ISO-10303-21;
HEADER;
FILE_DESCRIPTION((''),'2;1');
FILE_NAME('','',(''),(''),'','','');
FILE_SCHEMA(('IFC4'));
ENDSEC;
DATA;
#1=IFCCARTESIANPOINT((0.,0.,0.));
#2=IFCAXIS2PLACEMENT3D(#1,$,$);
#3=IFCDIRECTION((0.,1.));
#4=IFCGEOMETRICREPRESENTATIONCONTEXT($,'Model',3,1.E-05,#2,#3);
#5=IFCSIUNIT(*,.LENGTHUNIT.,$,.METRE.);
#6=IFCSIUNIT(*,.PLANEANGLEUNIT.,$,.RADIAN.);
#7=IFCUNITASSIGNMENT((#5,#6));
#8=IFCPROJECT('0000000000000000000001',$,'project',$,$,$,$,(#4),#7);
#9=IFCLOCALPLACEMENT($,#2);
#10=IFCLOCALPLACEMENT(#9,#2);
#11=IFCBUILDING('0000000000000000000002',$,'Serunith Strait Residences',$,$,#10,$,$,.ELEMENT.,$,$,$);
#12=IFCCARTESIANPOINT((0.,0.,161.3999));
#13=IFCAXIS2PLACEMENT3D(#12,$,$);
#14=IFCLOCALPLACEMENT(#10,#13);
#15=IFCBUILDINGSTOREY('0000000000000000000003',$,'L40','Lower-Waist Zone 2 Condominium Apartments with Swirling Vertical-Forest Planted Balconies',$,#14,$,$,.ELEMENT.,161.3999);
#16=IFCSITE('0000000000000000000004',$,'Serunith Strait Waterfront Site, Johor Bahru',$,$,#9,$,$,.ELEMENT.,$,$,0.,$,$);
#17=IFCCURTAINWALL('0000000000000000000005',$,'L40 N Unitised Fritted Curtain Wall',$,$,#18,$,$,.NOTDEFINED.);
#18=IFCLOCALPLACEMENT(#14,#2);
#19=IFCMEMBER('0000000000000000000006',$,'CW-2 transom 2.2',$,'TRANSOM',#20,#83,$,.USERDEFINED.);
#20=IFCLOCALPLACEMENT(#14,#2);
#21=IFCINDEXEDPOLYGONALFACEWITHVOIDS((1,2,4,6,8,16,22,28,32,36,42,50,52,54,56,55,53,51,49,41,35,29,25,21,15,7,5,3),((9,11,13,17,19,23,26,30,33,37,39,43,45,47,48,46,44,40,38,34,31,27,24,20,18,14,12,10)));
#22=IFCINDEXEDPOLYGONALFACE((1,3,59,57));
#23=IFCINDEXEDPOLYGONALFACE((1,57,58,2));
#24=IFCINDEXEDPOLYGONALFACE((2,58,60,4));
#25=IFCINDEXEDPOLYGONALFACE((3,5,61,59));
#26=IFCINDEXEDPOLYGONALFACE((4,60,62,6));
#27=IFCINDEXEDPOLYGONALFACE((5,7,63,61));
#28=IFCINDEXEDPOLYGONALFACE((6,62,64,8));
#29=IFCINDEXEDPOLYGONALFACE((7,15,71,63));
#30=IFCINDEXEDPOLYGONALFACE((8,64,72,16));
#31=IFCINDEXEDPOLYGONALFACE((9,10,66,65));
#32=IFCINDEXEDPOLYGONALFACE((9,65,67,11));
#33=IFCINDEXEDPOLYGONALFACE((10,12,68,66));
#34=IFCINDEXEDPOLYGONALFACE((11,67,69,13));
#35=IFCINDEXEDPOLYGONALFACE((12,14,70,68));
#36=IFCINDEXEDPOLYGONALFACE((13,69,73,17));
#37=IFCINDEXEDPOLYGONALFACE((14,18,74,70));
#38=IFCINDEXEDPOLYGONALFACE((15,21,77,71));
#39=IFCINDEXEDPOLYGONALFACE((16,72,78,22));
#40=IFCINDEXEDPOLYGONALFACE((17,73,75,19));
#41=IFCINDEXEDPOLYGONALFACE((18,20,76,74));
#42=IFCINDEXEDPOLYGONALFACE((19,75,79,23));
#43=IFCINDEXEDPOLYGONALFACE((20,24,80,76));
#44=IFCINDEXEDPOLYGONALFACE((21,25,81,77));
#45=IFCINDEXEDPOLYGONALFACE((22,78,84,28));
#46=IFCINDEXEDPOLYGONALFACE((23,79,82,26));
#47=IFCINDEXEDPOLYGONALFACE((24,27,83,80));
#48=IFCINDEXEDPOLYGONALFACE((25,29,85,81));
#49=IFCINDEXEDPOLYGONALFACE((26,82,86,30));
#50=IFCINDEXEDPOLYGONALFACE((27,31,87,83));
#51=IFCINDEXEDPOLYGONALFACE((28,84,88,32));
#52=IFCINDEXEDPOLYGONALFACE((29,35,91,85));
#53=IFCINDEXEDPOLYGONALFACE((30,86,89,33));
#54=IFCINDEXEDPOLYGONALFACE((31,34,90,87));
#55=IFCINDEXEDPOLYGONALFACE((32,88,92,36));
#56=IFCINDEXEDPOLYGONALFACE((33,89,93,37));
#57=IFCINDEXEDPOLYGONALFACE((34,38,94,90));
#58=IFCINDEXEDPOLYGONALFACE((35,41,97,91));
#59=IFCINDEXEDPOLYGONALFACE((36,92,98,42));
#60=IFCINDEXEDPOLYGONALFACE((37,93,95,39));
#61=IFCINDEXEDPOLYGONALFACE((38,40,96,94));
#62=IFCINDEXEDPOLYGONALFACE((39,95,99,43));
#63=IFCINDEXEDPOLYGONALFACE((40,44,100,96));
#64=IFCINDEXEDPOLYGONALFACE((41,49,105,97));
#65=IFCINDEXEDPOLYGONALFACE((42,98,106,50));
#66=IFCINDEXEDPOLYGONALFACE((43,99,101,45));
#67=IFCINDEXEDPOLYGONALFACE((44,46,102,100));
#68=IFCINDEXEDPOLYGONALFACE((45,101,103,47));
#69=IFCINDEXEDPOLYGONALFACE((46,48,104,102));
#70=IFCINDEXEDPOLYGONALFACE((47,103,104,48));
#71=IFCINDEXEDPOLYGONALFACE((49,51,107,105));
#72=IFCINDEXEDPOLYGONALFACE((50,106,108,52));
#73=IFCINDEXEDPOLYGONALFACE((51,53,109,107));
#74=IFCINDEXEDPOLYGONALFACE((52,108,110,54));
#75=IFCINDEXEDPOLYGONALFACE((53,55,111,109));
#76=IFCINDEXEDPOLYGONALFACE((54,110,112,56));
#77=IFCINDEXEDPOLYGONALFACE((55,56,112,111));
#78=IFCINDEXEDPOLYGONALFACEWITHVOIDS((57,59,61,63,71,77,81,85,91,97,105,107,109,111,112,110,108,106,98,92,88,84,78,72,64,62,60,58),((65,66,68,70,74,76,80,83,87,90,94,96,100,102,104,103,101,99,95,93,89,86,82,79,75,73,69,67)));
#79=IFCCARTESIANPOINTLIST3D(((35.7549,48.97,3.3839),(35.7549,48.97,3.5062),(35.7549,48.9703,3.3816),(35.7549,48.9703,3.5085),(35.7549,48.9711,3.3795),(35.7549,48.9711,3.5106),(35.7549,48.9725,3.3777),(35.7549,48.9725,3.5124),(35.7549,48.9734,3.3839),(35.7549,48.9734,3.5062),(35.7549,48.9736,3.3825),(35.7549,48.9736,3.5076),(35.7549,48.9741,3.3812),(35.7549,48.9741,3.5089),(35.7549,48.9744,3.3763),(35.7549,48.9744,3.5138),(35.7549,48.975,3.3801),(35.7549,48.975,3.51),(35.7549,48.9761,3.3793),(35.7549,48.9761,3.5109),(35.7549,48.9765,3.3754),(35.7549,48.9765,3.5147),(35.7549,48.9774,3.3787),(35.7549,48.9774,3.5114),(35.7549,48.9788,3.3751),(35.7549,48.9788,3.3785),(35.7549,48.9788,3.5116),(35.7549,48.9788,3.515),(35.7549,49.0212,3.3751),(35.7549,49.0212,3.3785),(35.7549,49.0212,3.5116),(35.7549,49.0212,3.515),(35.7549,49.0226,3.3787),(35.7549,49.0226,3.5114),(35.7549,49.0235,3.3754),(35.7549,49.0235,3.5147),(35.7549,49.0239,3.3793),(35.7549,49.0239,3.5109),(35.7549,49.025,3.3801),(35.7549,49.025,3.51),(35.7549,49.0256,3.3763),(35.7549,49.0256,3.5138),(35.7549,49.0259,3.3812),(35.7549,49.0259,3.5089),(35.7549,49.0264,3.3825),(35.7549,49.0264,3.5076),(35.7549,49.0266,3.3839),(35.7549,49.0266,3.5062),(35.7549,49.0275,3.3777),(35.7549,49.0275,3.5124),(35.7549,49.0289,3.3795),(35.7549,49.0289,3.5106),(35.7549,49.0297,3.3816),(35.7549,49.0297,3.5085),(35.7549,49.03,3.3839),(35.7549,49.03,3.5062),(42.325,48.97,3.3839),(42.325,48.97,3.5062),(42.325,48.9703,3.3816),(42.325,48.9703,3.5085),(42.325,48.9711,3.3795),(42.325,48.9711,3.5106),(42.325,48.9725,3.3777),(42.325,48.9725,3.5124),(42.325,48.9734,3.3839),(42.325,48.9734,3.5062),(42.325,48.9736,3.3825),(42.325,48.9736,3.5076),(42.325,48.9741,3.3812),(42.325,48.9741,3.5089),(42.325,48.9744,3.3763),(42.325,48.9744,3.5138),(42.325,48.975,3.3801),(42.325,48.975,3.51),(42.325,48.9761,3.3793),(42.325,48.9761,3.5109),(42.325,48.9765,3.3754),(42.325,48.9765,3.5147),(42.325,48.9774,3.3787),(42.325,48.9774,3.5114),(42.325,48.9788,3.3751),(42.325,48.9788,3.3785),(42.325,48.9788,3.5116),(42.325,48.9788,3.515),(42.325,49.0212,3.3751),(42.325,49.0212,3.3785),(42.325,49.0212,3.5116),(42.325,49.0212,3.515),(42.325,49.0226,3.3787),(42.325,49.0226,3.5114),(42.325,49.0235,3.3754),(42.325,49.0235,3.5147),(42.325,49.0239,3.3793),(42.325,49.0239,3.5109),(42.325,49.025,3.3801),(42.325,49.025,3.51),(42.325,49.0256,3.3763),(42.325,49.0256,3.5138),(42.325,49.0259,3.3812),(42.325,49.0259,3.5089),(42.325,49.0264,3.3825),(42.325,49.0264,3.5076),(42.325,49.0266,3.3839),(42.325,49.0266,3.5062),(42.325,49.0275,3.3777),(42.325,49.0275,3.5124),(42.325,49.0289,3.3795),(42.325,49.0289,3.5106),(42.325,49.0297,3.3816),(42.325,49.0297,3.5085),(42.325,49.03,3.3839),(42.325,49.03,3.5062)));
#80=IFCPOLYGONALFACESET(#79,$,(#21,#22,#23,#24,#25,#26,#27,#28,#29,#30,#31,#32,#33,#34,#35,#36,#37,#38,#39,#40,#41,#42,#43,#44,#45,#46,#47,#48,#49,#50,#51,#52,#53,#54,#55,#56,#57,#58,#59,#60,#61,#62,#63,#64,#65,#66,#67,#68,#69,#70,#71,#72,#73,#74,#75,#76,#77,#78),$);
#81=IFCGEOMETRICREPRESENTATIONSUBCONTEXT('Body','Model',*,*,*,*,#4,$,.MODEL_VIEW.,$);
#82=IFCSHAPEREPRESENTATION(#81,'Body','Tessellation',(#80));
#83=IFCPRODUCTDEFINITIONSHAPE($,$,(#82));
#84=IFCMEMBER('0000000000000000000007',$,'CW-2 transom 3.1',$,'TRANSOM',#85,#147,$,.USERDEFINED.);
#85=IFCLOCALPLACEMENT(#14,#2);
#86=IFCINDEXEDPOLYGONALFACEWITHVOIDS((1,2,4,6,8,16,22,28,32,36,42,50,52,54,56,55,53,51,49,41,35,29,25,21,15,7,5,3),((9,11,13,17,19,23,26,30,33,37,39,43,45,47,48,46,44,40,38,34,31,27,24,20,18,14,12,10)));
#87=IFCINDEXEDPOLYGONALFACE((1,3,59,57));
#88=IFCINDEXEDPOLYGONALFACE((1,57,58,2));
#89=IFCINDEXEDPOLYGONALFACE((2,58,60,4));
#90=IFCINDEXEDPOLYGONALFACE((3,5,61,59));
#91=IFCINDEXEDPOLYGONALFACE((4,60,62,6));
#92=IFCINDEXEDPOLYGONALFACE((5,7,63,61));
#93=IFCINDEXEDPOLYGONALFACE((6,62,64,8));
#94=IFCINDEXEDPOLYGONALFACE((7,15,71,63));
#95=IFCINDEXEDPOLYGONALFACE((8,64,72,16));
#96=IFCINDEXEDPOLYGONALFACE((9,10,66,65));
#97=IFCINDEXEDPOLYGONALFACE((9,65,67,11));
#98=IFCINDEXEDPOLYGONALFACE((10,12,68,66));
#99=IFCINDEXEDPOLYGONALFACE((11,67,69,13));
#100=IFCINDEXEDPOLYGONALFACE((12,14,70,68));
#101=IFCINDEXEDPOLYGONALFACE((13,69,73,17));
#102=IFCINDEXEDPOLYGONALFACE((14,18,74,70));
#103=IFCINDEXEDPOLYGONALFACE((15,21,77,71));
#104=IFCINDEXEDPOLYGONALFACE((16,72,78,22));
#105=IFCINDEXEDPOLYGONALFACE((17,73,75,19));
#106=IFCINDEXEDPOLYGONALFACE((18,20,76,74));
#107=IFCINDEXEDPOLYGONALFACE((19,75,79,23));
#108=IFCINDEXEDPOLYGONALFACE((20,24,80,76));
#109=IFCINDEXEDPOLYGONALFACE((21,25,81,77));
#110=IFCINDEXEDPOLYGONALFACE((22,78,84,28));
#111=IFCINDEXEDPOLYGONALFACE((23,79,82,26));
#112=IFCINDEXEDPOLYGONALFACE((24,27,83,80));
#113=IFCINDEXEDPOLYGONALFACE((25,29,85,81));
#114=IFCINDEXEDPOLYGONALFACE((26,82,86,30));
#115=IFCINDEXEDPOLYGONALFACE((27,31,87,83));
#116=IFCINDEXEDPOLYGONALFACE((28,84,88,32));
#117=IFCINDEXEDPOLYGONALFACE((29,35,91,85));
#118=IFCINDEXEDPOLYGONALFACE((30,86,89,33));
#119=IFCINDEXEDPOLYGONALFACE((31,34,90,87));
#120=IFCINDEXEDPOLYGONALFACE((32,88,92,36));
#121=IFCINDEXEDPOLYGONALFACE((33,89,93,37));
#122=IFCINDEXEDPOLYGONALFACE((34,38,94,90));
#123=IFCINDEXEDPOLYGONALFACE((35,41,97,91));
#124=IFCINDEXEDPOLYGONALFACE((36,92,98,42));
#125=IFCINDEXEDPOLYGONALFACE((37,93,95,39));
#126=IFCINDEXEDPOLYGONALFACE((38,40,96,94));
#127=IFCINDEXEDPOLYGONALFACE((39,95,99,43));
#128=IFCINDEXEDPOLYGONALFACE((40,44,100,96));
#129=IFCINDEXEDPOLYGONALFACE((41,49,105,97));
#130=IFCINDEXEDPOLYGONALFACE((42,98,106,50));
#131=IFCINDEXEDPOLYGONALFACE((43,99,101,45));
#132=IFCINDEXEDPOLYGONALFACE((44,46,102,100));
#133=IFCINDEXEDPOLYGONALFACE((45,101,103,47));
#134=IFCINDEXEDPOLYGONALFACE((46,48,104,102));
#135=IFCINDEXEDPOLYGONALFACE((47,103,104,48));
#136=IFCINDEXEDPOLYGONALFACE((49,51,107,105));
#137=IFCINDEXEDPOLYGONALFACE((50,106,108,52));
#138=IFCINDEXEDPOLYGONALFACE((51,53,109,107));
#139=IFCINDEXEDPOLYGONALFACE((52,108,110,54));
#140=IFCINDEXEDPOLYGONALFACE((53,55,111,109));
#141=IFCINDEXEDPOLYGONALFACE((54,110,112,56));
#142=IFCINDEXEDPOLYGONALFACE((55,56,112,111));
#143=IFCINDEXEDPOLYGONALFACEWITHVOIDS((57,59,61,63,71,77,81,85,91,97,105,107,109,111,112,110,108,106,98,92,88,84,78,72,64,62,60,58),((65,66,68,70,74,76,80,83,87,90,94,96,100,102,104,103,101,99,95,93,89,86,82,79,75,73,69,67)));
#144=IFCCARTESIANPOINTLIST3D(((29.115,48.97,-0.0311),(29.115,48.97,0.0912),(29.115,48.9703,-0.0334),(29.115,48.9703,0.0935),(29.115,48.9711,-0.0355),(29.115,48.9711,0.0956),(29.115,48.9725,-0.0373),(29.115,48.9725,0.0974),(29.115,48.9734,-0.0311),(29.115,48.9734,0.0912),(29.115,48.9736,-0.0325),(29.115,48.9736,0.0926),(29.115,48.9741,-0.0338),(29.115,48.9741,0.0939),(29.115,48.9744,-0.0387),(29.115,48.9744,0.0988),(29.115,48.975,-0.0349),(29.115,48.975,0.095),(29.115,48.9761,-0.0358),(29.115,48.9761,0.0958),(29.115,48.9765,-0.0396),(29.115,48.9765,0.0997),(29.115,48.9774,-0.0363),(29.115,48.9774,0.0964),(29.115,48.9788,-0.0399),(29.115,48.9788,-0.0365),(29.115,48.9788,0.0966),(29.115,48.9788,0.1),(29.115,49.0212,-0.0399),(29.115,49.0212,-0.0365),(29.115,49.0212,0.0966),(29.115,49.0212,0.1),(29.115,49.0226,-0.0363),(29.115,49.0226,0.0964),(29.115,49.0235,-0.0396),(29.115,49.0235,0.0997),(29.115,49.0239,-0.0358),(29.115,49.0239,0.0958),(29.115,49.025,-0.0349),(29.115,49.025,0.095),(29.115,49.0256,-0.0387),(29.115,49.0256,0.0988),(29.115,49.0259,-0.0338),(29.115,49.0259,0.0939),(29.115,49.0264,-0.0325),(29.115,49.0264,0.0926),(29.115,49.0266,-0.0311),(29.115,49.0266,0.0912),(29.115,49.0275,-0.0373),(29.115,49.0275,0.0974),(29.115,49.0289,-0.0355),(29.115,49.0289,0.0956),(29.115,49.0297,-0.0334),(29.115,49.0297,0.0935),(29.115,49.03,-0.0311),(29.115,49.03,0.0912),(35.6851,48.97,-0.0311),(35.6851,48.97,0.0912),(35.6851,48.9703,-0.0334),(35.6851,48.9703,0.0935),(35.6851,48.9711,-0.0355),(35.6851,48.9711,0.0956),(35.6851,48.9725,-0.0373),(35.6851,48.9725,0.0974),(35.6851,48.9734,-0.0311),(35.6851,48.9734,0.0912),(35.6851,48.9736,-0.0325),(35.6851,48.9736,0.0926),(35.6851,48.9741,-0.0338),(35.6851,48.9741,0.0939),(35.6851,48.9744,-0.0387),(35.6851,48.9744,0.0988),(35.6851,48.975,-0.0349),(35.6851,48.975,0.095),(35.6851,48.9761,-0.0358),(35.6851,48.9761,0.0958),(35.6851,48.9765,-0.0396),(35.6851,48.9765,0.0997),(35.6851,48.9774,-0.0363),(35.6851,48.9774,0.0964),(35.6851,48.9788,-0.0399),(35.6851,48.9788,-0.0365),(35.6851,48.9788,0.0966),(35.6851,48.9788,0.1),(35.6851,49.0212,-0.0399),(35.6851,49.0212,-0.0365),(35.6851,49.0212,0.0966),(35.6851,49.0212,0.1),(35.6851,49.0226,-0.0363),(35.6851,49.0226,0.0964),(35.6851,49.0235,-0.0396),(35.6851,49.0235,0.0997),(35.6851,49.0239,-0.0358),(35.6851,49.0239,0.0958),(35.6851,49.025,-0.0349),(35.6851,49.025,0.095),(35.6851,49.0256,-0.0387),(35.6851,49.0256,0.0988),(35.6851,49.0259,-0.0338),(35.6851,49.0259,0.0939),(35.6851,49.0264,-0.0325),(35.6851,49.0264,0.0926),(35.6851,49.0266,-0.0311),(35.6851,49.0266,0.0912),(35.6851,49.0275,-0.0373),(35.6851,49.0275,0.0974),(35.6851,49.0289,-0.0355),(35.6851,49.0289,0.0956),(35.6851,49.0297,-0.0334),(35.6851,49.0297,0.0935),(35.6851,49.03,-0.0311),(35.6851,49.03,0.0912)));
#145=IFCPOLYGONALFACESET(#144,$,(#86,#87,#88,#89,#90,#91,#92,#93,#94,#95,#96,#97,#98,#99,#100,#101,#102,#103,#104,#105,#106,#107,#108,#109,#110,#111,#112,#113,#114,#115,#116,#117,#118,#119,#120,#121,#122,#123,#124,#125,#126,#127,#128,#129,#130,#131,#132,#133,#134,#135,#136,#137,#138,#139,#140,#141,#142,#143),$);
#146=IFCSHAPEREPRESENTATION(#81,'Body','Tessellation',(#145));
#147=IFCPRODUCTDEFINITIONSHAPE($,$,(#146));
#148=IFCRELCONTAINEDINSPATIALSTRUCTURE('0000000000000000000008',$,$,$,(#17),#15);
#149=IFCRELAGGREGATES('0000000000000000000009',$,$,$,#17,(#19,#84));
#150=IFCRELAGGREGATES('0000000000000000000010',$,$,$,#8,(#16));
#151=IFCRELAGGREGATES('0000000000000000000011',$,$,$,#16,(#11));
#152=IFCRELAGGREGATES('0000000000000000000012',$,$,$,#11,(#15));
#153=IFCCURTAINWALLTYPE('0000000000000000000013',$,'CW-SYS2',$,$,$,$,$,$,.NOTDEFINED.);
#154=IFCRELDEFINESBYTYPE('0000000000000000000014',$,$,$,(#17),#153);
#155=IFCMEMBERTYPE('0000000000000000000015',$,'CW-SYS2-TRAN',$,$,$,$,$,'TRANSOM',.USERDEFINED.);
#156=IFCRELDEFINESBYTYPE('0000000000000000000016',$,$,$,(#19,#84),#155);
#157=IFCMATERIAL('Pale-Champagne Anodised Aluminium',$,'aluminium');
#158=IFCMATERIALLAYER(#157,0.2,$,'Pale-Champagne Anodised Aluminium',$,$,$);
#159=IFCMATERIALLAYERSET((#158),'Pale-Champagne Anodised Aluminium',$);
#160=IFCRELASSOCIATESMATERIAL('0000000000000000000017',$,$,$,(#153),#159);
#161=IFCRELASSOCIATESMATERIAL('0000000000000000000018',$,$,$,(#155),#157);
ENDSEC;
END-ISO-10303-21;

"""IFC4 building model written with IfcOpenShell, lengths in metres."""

from ifc_helpers import new_model, si_unit, direction, frame, origin, origin_2d, place, context, subcontext, project, spatial, hollow_rectangle, extrude, source, transform, mapped, material, layer, layer_set, material_profile, profile_set, type_object, element, aggregate, save


model = new_model("IFC4")

# Units and contexts
model_context = context("Model", 3, precision=1e-05, world=origin(), true_north=direction((0.0, 1.0)))
body_context = subcontext(model_context, "Body", "Model", "MODEL_VIEW")
ifc_project = project(units=[si_unit("LENGTHUNIT", "METRE"), si_unit("PLANEANGLEUNIT", "RADIAN")], contexts=[model_context])

# Site, building, storey
site_placement = place(None, origin())
site = spatial("IfcSite", under=ifc_project, at=site_placement, Name="Serunith Strait Waterfront Site, Johor Bahru", CompositionType="ELEMENT", RefElevation=0.0)
building_placement = place(site_placement, origin())
building = spatial("IfcBuilding", under=site, at=building_placement, Name="Serunith Strait Residences", CompositionType="ELEMENT")
storey_placement = place(building_placement, frame((0.0, 0.0, 161.3999)))
storey = spatial("IfcBuildingStorey", under=building, at=storey_placement, Name="L40", Description="Lower-Waist Zone 2 Condominium Apartments with Swirling Vertical-Forest Planted Balconies", CompositionType="ELEMENT", Elevation=161.3999)

# Curtain wall, members
ifc_material_1 = material(Name="Pale-Champagne Anodised Aluminium", Category="aluminium")
ifc_layer_1 = layer(ifc_material_1, 0.2, Name="Pale-Champagne Anodised Aluminium")
ifc_layer_set_1 = layer_set([ifc_layer_1], Name="Pale-Champagne Anodised Aluminium")
curtain_wall_type = type_object("IfcCurtainWallType", Name="CW-SYS2", PredefinedType="NOTDEFINED", material=ifc_layer_set_1)
curtain_wall_placement = place(storey_placement, origin())
curtain_wall = element("IfcCurtainWall", 1, at=curtain_wall_placement, inside=storey, type_object=curtain_wall_type, Name="L40 N Unitised Fritted Curtain Wall", PredefinedType="NOTDEFINED")
ifc_material_profile_1 = material_profile(ifc_material_1, hollow_rectangle(XDim=0.0601, YDim=0.1399, WallThickness=0.0034, InnerFilletRadius=0.0054, OuterFilletRadius=0.0088, at=origin_2d()), Name="ALU 140x60x3.5")
ifc_profile_set_1 = profile_set([ifc_material_profile_1], Name="Pale-Champagne Anodised Aluminium")
member_type_1 = type_object("IfcMemberType", Name="CW-SYS2-TRAN", ElementType="TRANSOM", PredefinedType="USERDEFINED", material=ifc_profile_set_1)
shared_shape_1 = source(origin(), body_context, "Body", "SweptSolid", [
    extrude(hollow_rectangle(XDim=0.0601, YDim=0.1399, WallThickness=0.0034, InnerFilletRadius=0.0054, OuterFilletRadius=0.0088, at=origin_2d()), origin(), (0.0, 0.0, 1.0), 6.5701),
])
member_1_placement = place(storey_placement, frame((42.325, 49.0, 3.4451), z_axis=(-1.0, 0.0, 0.0), x_axis=(0.0, -1.0, 0.0)))
member_1 = element("IfcMember", 2, at=member_1_placement, type_object=member_type_1, Name="CW-2 transom 2.2", ObjectType="TRANSOM", PredefinedType="USERDEFINED", context=body_context, shape_type="MappedRepresentation", body=[
    mapped(shared_shape_1, transform((0.0, 0.0, 0.0), scale=1.0)),
])
member_2_placement = place(storey_placement, frame((35.6851, 49.0, 0.03), z_axis=(-1.0, 0.0, 0.0), x_axis=(0.0, -1.0, 0.0)))
member_2 = element("IfcMember", 3, at=member_2_placement, type_object=member_type_1, Name="CW-2 transom 3.1", ObjectType="TRANSOM", PredefinedType="USERDEFINED", context=body_context, shape_type="MappedRepresentation", body=[
    mapped(shared_shape_1, transform((0.0, 0.0, 0.0), scale=1.0)),
])
aggregate(curtain_wall, [member_1, member_2])

save(model, "model.ifc")
